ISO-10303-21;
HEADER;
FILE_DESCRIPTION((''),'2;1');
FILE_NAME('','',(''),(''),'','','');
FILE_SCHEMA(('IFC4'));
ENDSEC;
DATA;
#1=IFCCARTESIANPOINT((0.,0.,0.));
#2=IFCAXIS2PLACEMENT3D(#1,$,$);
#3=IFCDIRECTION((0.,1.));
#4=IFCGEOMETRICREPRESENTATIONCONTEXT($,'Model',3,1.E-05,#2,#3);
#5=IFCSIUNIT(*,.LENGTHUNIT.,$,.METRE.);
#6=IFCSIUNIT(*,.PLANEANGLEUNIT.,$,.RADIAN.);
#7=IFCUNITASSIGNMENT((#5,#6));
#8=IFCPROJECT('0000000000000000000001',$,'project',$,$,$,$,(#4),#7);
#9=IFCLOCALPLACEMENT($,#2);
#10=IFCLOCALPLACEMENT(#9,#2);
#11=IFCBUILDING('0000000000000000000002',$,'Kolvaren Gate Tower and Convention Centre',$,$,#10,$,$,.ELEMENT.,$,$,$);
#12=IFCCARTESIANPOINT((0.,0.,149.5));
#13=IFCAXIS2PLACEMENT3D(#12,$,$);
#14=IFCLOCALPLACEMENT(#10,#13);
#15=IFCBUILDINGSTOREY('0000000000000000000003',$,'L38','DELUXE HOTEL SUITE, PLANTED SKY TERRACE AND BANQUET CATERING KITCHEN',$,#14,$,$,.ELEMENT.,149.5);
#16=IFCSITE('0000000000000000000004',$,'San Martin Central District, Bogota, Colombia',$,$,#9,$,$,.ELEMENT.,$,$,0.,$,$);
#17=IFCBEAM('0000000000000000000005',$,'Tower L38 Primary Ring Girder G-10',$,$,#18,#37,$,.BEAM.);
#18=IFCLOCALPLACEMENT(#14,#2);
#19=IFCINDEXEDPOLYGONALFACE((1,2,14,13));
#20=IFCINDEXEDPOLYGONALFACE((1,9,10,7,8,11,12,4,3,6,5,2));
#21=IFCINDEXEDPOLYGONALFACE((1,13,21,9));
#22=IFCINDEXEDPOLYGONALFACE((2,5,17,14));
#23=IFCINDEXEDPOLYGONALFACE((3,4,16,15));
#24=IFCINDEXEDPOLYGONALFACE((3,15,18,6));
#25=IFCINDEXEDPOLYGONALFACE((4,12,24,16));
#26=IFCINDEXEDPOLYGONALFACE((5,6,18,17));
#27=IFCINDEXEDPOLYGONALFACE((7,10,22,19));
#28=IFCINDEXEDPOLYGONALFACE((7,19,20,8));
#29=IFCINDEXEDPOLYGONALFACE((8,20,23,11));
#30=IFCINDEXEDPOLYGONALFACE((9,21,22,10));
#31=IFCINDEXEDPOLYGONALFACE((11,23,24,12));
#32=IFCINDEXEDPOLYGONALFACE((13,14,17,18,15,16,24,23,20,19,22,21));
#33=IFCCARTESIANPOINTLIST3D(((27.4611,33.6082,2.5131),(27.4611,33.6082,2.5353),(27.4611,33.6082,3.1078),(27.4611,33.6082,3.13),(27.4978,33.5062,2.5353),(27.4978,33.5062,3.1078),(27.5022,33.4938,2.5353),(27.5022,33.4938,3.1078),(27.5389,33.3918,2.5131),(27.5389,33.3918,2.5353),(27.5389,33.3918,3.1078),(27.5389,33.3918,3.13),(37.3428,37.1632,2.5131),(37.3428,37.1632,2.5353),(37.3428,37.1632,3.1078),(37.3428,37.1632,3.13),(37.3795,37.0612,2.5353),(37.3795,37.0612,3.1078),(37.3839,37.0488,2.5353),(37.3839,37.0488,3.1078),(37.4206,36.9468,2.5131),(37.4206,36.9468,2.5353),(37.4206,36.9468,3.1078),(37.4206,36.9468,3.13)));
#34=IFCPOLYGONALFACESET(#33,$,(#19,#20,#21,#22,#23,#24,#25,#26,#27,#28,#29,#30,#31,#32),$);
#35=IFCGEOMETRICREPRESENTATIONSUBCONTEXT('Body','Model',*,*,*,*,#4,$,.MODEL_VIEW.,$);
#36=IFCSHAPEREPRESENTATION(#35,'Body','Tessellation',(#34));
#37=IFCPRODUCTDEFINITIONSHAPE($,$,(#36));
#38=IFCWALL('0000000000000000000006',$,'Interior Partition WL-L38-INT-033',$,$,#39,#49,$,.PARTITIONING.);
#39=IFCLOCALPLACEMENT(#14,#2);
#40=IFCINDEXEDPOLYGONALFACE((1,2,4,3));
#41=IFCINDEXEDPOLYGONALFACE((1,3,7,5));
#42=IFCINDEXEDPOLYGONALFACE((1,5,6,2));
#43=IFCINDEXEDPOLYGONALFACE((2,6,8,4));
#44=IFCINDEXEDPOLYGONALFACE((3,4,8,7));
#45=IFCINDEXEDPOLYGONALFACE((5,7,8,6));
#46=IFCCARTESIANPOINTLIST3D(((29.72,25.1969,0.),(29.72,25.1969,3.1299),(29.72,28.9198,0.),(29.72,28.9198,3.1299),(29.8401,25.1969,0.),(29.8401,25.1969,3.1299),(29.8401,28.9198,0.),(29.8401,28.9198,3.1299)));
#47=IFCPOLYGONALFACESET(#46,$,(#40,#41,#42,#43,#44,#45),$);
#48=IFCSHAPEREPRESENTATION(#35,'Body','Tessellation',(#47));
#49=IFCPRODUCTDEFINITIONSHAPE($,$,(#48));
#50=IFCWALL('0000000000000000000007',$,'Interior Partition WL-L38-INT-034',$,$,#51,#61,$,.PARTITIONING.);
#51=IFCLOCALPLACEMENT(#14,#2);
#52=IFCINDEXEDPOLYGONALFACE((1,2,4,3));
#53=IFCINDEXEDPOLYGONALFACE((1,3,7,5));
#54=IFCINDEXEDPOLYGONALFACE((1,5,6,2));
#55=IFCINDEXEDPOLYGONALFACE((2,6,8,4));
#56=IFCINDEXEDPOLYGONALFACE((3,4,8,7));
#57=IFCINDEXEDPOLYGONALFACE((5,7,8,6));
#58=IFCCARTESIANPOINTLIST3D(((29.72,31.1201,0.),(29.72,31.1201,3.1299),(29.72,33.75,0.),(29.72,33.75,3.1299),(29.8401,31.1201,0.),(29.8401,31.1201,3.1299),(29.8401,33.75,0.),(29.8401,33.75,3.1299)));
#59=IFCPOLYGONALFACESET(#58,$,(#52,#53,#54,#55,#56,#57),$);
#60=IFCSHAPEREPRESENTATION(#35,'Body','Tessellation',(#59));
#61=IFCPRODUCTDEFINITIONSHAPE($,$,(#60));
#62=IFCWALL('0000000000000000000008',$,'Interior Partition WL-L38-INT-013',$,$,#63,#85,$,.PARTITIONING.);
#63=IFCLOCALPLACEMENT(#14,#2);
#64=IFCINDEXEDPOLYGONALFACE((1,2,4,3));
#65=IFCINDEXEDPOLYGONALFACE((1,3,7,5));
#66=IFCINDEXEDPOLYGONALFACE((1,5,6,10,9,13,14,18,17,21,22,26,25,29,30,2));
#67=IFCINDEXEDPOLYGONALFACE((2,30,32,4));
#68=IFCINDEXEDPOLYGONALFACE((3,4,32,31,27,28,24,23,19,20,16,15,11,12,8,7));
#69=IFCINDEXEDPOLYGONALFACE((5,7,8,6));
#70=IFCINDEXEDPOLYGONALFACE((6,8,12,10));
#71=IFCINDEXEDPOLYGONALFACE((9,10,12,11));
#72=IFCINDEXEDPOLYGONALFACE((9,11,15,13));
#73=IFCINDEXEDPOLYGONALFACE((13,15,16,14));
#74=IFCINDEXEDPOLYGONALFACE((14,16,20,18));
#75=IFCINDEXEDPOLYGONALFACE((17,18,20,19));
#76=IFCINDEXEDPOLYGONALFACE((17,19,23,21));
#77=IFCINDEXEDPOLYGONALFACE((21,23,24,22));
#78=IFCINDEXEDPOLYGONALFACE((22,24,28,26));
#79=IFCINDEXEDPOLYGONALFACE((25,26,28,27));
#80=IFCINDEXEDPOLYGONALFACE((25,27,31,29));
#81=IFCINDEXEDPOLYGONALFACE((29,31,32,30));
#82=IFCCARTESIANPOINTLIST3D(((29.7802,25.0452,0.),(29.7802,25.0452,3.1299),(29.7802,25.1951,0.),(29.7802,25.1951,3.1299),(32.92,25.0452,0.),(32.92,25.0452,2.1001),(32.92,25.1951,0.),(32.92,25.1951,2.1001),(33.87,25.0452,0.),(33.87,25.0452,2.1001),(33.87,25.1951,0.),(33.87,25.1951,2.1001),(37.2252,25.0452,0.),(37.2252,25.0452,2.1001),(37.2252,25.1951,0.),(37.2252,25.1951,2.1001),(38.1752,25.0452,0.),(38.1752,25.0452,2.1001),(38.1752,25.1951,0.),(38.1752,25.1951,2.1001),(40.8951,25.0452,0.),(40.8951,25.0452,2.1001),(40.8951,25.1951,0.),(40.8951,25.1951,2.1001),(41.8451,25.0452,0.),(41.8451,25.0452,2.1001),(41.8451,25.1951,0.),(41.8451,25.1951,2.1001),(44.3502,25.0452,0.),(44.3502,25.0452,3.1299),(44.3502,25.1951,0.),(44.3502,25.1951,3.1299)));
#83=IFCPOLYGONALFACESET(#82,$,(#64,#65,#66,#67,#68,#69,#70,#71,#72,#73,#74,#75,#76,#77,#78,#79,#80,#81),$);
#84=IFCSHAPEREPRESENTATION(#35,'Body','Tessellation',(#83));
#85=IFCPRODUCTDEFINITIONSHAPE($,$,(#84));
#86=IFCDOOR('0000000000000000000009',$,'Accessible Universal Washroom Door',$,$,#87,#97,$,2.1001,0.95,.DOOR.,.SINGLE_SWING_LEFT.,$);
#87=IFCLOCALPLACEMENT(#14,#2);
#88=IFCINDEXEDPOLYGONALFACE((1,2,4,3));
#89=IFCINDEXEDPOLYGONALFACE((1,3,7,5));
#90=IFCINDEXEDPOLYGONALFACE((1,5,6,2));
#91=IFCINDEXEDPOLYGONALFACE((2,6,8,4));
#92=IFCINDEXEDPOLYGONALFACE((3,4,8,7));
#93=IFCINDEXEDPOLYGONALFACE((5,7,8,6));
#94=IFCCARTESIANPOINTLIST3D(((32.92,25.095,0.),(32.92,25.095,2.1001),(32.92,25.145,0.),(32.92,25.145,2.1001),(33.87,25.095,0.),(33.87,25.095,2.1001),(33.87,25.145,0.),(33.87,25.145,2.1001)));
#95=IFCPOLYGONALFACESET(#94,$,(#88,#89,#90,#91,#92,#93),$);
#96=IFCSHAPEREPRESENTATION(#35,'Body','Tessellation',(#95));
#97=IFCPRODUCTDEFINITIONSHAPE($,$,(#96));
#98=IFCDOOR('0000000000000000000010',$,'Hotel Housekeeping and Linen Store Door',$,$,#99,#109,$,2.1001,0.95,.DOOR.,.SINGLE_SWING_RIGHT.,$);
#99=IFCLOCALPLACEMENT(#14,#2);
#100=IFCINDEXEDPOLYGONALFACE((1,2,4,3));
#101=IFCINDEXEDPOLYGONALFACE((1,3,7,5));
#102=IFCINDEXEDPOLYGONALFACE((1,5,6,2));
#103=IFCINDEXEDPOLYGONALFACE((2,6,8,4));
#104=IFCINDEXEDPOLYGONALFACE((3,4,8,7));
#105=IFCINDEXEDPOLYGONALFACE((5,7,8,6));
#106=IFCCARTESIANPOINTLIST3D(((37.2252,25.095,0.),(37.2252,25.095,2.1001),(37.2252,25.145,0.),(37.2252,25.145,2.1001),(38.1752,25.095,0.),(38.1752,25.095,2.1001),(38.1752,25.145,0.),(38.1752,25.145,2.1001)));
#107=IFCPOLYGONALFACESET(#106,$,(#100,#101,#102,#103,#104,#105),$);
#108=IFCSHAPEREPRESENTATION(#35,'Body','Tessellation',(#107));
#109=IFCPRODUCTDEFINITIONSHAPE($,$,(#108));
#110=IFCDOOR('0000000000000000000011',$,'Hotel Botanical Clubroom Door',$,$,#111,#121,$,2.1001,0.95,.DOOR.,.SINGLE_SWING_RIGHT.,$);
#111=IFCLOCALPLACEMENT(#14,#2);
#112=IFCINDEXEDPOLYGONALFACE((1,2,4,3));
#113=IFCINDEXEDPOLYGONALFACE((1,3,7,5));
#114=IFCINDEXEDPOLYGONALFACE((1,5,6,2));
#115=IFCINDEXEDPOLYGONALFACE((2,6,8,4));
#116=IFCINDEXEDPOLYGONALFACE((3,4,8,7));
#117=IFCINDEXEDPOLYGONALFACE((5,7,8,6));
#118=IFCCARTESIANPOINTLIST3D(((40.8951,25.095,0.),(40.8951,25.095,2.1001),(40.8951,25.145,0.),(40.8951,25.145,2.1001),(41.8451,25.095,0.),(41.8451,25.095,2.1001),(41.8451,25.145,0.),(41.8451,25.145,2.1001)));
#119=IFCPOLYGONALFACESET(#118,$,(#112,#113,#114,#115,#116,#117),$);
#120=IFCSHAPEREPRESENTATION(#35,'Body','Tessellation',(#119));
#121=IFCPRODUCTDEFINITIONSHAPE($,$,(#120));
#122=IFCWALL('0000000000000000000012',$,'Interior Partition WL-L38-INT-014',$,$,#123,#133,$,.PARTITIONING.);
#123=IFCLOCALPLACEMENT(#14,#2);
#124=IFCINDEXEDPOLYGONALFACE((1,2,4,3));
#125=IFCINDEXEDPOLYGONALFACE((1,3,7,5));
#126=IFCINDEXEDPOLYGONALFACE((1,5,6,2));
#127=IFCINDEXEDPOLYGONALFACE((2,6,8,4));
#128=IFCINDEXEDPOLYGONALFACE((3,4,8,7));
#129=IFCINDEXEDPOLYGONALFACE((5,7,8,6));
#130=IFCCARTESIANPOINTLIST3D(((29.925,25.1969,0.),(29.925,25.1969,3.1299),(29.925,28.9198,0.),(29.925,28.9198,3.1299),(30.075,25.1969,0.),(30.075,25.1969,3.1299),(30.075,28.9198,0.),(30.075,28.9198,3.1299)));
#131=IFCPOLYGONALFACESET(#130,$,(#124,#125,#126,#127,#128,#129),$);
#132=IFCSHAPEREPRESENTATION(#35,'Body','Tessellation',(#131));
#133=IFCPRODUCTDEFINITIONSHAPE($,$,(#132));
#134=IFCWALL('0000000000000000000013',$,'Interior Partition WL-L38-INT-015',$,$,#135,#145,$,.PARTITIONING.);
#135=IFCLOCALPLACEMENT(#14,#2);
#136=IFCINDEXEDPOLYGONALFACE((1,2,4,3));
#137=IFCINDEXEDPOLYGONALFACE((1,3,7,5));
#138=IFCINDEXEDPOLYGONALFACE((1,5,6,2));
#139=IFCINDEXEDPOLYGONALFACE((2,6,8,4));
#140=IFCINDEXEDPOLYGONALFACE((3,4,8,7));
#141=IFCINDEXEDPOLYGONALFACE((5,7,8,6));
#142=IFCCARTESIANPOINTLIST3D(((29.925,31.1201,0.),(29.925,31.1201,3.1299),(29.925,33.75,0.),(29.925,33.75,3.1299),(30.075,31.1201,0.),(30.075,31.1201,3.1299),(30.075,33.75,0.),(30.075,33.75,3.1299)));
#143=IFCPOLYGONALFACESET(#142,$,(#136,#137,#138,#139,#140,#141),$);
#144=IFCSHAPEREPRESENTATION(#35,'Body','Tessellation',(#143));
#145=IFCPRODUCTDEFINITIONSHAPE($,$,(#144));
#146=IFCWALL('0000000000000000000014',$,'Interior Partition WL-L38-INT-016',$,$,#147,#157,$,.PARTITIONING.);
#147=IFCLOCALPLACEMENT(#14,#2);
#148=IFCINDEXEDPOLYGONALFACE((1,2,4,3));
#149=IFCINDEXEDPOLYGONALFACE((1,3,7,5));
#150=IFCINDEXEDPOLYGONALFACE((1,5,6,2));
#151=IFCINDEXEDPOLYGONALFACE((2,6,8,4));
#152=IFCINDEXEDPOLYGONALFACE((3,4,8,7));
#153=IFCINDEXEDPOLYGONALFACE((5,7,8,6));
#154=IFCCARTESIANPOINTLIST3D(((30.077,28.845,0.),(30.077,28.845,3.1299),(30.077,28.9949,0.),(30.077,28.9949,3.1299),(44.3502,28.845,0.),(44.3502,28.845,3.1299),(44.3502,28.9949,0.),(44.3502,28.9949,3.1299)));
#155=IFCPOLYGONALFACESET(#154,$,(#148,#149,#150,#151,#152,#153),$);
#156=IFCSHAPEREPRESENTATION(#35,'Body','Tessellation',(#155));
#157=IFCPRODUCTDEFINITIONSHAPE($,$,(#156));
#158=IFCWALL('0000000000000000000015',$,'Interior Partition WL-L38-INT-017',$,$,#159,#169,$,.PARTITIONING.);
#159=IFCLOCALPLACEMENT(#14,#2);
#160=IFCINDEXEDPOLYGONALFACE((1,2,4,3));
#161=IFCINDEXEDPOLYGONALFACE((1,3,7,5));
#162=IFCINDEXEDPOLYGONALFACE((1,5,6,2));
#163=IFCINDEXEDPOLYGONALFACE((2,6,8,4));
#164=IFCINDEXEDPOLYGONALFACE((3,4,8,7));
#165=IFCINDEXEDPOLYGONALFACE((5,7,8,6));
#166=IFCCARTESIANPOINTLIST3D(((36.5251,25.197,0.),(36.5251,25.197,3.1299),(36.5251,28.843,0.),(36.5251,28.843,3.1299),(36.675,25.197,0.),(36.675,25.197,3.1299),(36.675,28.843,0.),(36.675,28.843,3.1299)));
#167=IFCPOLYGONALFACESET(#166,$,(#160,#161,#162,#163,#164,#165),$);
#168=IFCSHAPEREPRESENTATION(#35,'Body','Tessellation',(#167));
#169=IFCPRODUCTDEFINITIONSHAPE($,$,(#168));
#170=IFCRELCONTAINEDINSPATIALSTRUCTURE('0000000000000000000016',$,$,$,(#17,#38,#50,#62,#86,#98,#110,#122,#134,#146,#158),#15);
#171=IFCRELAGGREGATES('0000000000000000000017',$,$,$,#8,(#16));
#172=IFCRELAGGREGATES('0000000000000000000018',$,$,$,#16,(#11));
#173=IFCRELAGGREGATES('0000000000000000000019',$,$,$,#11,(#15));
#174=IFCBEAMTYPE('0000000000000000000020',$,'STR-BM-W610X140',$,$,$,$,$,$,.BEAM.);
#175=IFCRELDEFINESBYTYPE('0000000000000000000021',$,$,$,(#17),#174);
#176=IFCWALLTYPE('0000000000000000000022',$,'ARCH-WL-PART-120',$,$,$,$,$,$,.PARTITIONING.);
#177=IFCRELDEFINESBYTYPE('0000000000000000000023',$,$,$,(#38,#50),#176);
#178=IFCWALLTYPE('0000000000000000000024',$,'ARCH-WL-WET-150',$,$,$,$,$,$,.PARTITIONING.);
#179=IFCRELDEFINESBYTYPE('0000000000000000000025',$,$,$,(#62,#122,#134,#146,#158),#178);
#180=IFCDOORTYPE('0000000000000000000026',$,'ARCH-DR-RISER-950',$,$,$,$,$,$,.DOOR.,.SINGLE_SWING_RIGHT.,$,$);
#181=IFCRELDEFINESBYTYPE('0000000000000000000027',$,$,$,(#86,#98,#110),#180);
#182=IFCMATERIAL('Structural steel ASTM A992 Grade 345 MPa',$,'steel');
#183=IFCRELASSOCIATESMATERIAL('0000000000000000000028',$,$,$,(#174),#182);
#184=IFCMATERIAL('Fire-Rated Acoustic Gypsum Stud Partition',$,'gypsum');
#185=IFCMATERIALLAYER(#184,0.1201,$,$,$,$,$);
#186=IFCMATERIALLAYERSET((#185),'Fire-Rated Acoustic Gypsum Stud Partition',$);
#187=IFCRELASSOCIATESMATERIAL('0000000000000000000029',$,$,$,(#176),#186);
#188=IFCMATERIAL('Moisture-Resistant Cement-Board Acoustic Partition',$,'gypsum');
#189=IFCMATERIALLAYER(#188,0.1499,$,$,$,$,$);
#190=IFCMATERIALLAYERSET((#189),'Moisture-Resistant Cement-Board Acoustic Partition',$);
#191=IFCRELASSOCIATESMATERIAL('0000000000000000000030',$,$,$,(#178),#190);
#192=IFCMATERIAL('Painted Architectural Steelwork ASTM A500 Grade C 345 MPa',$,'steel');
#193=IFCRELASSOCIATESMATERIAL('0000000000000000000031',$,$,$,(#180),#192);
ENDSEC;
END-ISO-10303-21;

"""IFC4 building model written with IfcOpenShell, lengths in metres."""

from ifc_helpers import new_model, si_unit, direction, frame, frame_2d, origin, origin_2d, place, context, subcontext, project, spatial, rectangle, i_section, extrude, material, layer, layer_set, material_profile, profile_set, type_object, element, fill, save


model = new_model("IFC4")

# Units and contexts
model_context = context("Model", 3, precision=1e-05, world=origin(), true_north=direction((0.0, 1.0)))
body_context = subcontext(model_context, "Body", "Model", "MODEL_VIEW")
ifc_project = project(units=[si_unit("LENGTHUNIT", "METRE"), si_unit("PLANEANGLEUNIT", "RADIAN")], contexts=[model_context])

# Site, building, storey
site_placement = place(None, origin())
site = spatial("IfcSite", under=ifc_project, at=site_placement, Name="San Martin Central District, Bogota, Colombia", CompositionType="ELEMENT", RefElevation=0.0)
building_placement = place(site_placement, origin())
building = spatial("IfcBuilding", under=site, at=building_placement, Name="Kolvaren Gate Tower and Convention Centre", CompositionType="ELEMENT")
storey_placement = place(building_placement, frame((0.0, 0.0, 149.5)))
storey = spatial("IfcBuildingStorey", under=building, at=storey_placement, Name="L38", Description="DELUXE HOTEL SUITE, PLANTED SKY TERRACE AND BANQUET CATERING KITCHEN", CompositionType="ELEMENT", Elevation=149.5)

# Beam
ifc_material_1 = material(Name="Structural steel ASTM A992 Grade 345 MPa", Category="steel")
ifc_material_profile = material_profile(ifc_material_1, i_section(OverallWidth=0.23, OverallDepth=0.6169, WebThickness=0.0132, FlangeThickness=0.0222, at=origin_2d()), Name="W610X140")
ifc_profile_set = profile_set([ifc_material_profile], Name="Structural steel ASTM A992 Grade 345 MPa")
beam_type = type_object("IfcBeamType", Name="STR-BM-W610X140", PredefinedType="BEAM", material=ifc_profile_set)
beam_placement = place(storey_placement, frame((27.5, 33.5, 2.8215), z_axis=(0.940961, 0.338514, 0.0), x_axis=(-0.338514, 0.940961, 0.0)))
element("IfcBeam", 1, at=beam_placement, inside=storey, type_object=beam_type, Name="Tower L38 Primary Ring Girder G-10", PredefinedType="BEAM", context=body_context, shape_type="SweptSolid", body=[
    extrude(i_section(OverallWidth=0.23, OverallDepth=0.6169, WebThickness=0.0132, FlangeThickness=0.0222, at=origin_2d()), origin(), (0.0, 0.0, 1.0), 10.5017),
])

# Walls
ifc_material_2 = material(Name="Fire-Rated Acoustic Gypsum Stud Partition", Category="gypsum")
ifc_layer_1 = layer(ifc_material_2, 0.1201)
ifc_layer_set_1 = layer_set([ifc_layer_1], Name="Fire-Rated Acoustic Gypsum Stud Partition")
wall_type_1 = type_object("IfcWallType", Name="ARCH-WL-PART-120", PredefinedType="PARTITIONING", material=ifc_layer_set_1)
wall_1_placement = place(storey_placement, frame((29.78, 25.197, 0.0), z_axis=(0.0, 0.0, 1.0), x_axis=(0.0, 1.0, 0.0)))
element("IfcWall", 2, at=wall_1_placement, inside=storey, type_object=wall_type_1, Name="Interior Partition WL-L38-INT-033", PredefinedType="PARTITIONING", context=body_context, shape_type="SweptSolid", body=[
    extrude(rectangle(XDim=3.7229, YDim=0.1201, at=frame_2d((1.8613, 0.0))), origin(), (0.0, 0.0, 1.0), 3.1299),
])
wall_2_placement = place(storey_placement, frame((29.78, 31.1201, 0.0), z_axis=(0.0, 0.0, 1.0), x_axis=(0.0, 1.0, 0.0)))
element("IfcWall", 3, at=wall_2_placement, inside=storey, type_object=wall_type_1, Name="Interior Partition WL-L38-INT-034", PredefinedType="PARTITIONING", context=body_context, shape_type="SweptSolid", body=[
    extrude(rectangle(XDim=2.6299, YDim=0.1201, at=frame_2d((1.3149, 0.0))), origin(), (0.0, 0.0, 1.0), 3.1299),
])

# Wall, openings, doors
ifc_material_3 = material(Name="Moisture-Resistant Cement-Board Acoustic Partition", Category="gypsum")
ifc_layer_2 = layer(ifc_material_3, 0.1499)
ifc_layer_set_2 = layer_set([ifc_layer_2], Name="Moisture-Resistant Cement-Board Acoustic Partition")
wall_type_2 = type_object("IfcWallType", Name="ARCH-WL-WET-150", PredefinedType="PARTITIONING", material=ifc_layer_set_2)
wall_3_placement = place(storey_placement, frame((29.78, 25.1201, 0.0), z_axis=(0.0, 0.0, 1.0), x_axis=(1.0, 0.0, 0.0)))
wall_3 = element("IfcWall", 4, at=wall_3_placement, inside=storey, type_object=wall_type_2, Name="Interior Partition WL-L38-INT-013", PredefinedType="PARTITIONING", context=body_context, shape_type="SweptSolid", body=[
    extrude(rectangle(XDim=14.5701, YDim=0.1499, at=frame_2d((7.2852, 0.0))), origin(), (0.0, 0.0, 1.0), 3.1299),
])
opening_1_placement = place(wall_3_placement, frame((3.1399, 0.0, 0.0)))
opening_1 = element("IfcOpeningElement", 5, at=opening_1_placement, cuts=wall_3, PredefinedType="OPENING", context=body_context, shape_type="SweptSolid", body=[
    extrude(rectangle(XDim=0.95, YDim=2.1001, at=frame_2d((0.4751, 1.05))), frame((0.0, 0.085, 0.0), z_axis=(0.0, -1.0, 0.0), x_axis=(1.0, 0.0, 0.0)), (0.0, 0.0, 1.0), 0.1699),
])
opening_2_placement = place(wall_3_placement, frame((7.4451, 0.0, 0.0)))
opening_2 = element("IfcOpeningElement", 6, at=opening_2_placement, cuts=wall_3, PredefinedType="OPENING", context=body_context, shape_type="SweptSolid", body=[
    extrude(rectangle(XDim=0.95, YDim=2.1001, at=frame_2d((0.4751, 1.05))), frame((0.0, 0.085, 0.0), z_axis=(0.0, -1.0, 0.0), x_axis=(1.0, 0.0, 0.0)), (0.0, 0.0, 1.0), 0.1699),
])
opening_3_placement = place(wall_3_placement, frame((11.115, 0.0, 0.0)))
opening_3 = element("IfcOpeningElement", 7, at=opening_3_placement, cuts=wall_3, PredefinedType="OPENING", context=body_context, shape_type="SweptSolid", body=[
    extrude(rectangle(XDim=0.95, YDim=2.1001, at=frame_2d((0.4751, 1.05))), frame((0.0, 0.085, 0.0), z_axis=(0.0, -1.0, 0.0), x_axis=(1.0, 0.0, 0.0)), (0.0, 0.0, 1.0), 0.1699),
])
ifc_material_4 = material(Name="Painted Architectural Steelwork ASTM A500 Grade C 345 MPa", Category="steel")
door_type = type_object("IfcDoorType", Name="ARCH-DR-RISER-950", OperationType="SINGLE_SWING_RIGHT", PredefinedType="DOOR", material=ifc_material_4)
door_1_placement = place(opening_1_placement, origin())
door_1 = element("IfcDoor", 8, at=door_1_placement, inside=storey, type_object=door_type, Name="Accessible Universal Washroom Door", OperationType="SINGLE_SWING_LEFT", OverallHeight=2.1001, OverallWidth=0.95, PredefinedType="DOOR", context=body_context, shape_type="SweptSolid", body=[
    extrude(rectangle(XDim=0.95, YDim=2.1001, at=frame_2d((0.4751, 1.05))), frame((0.0, 0.0249, 0.0), z_axis=(0.0, -1.0, 0.0), x_axis=(1.0, 0.0, 0.0)), (0.0, 0.0, 1.0), 0.05),
])
fill(opening_1, door_1)
door_2_placement = place(opening_2_placement, origin())
door_2 = element("IfcDoor", 9, at=door_2_placement, inside=storey, type_object=door_type, Name="Hotel Housekeeping and Linen Store Door", OperationType="SINGLE_SWING_RIGHT", OverallHeight=2.1001, OverallWidth=0.95, PredefinedType="DOOR", context=body_context, shape_type="SweptSolid", body=[
    extrude(rectangle(XDim=0.95, YDim=2.1001, at=frame_2d((0.4751, 1.05))), frame((0.0, 0.0249, 0.0), z_axis=(0.0, -1.0, 0.0), x_axis=(1.0, 0.0, 0.0)), (0.0, 0.0, 1.0), 0.05),
])
fill(opening_2, door_2)
door_3_placement = place(opening_3_placement, origin())
door_3 = element("IfcDoor", 10, at=door_3_placement, inside=storey, type_object=door_type, Name="Hotel Botanical Clubroom Door", OperationType="SINGLE_SWING_RIGHT", OverallHeight=2.1001, OverallWidth=0.95, PredefinedType="DOOR", context=body_context, shape_type="SweptSolid", body=[
    extrude(rectangle(XDim=0.95, YDim=2.1001, at=frame_2d((0.4751, 1.05))), frame((0.0, 0.0249, 0.0), z_axis=(0.0, -1.0, 0.0), x_axis=(1.0, 0.0, 0.0)), (0.0, 0.0, 1.0), 0.05),
])
fill(opening_3, door_3)

# Walls
wall_4_placement = place(storey_placement, frame((30.0, 25.197, 0.0), z_axis=(0.0, 0.0, 1.0), x_axis=(0.0, 1.0, 0.0)))
element("IfcWall", 11, at=wall_4_placement, inside=storey, type_object=wall_type_2, Name="Interior Partition WL-L38-INT-014", PredefinedType="PARTITIONING", context=body_context, shape_type="SweptSolid", body=[
    extrude(rectangle(XDim=3.7229, YDim=0.1499, at=frame_2d((1.8613, 0.0))), origin(), (0.0, 0.0, 1.0), 3.1299),
])
wall_5_placement = place(storey_placement, frame((30.0, 31.1201, 0.0), z_axis=(0.0, 0.0, 1.0), x_axis=(0.0, 1.0, 0.0)))
element("IfcWall", 12, at=wall_5_placement, inside=storey, type_object=wall_type_2, Name="Interior Partition WL-L38-INT-015", PredefinedType="PARTITIONING", context=body_context, shape_type="SweptSolid", body=[
    extrude(rectangle(XDim=2.6299, YDim=0.1499, at=frame_2d((1.3149, 0.0))), origin(), (0.0, 0.0, 1.0), 3.1299),
])
wall_6_placement = place(storey_placement, frame((30.0769, 28.9199, 0.0), z_axis=(0.0, 0.0, 1.0), x_axis=(1.0, 0.0, 0.0)))
element("IfcWall", 13, at=wall_6_placement, inside=storey, type_object=wall_type_2, Name="Interior Partition WL-L38-INT-016", PredefinedType="PARTITIONING", context=body_context, shape_type="SweptSolid", body=[
    extrude(rectangle(XDim=14.2732, YDim=0.1499, at=frame_2d((7.1367, 0.0))), origin(), (0.0, 0.0, 1.0), 3.1299),
])
wall_7_placement = place(storey_placement, frame((36.6001, 25.197, 0.0), z_axis=(0.0, 0.0, 1.0), x_axis=(0.0, 1.0, 0.0)))
element("IfcWall", 14, at=wall_7_placement, inside=storey, type_object=wall_type_2, Name="Interior Partition WL-L38-INT-017", PredefinedType="PARTITIONING", context=body_context, shape_type="SweptSolid", body=[
    extrude(rectangle(XDim=3.646, YDim=0.1499, at=frame_2d((1.823, 0.0))), origin(), (0.0, 0.0, 1.0), 3.1299),
])

save(model, "model.ifc")
